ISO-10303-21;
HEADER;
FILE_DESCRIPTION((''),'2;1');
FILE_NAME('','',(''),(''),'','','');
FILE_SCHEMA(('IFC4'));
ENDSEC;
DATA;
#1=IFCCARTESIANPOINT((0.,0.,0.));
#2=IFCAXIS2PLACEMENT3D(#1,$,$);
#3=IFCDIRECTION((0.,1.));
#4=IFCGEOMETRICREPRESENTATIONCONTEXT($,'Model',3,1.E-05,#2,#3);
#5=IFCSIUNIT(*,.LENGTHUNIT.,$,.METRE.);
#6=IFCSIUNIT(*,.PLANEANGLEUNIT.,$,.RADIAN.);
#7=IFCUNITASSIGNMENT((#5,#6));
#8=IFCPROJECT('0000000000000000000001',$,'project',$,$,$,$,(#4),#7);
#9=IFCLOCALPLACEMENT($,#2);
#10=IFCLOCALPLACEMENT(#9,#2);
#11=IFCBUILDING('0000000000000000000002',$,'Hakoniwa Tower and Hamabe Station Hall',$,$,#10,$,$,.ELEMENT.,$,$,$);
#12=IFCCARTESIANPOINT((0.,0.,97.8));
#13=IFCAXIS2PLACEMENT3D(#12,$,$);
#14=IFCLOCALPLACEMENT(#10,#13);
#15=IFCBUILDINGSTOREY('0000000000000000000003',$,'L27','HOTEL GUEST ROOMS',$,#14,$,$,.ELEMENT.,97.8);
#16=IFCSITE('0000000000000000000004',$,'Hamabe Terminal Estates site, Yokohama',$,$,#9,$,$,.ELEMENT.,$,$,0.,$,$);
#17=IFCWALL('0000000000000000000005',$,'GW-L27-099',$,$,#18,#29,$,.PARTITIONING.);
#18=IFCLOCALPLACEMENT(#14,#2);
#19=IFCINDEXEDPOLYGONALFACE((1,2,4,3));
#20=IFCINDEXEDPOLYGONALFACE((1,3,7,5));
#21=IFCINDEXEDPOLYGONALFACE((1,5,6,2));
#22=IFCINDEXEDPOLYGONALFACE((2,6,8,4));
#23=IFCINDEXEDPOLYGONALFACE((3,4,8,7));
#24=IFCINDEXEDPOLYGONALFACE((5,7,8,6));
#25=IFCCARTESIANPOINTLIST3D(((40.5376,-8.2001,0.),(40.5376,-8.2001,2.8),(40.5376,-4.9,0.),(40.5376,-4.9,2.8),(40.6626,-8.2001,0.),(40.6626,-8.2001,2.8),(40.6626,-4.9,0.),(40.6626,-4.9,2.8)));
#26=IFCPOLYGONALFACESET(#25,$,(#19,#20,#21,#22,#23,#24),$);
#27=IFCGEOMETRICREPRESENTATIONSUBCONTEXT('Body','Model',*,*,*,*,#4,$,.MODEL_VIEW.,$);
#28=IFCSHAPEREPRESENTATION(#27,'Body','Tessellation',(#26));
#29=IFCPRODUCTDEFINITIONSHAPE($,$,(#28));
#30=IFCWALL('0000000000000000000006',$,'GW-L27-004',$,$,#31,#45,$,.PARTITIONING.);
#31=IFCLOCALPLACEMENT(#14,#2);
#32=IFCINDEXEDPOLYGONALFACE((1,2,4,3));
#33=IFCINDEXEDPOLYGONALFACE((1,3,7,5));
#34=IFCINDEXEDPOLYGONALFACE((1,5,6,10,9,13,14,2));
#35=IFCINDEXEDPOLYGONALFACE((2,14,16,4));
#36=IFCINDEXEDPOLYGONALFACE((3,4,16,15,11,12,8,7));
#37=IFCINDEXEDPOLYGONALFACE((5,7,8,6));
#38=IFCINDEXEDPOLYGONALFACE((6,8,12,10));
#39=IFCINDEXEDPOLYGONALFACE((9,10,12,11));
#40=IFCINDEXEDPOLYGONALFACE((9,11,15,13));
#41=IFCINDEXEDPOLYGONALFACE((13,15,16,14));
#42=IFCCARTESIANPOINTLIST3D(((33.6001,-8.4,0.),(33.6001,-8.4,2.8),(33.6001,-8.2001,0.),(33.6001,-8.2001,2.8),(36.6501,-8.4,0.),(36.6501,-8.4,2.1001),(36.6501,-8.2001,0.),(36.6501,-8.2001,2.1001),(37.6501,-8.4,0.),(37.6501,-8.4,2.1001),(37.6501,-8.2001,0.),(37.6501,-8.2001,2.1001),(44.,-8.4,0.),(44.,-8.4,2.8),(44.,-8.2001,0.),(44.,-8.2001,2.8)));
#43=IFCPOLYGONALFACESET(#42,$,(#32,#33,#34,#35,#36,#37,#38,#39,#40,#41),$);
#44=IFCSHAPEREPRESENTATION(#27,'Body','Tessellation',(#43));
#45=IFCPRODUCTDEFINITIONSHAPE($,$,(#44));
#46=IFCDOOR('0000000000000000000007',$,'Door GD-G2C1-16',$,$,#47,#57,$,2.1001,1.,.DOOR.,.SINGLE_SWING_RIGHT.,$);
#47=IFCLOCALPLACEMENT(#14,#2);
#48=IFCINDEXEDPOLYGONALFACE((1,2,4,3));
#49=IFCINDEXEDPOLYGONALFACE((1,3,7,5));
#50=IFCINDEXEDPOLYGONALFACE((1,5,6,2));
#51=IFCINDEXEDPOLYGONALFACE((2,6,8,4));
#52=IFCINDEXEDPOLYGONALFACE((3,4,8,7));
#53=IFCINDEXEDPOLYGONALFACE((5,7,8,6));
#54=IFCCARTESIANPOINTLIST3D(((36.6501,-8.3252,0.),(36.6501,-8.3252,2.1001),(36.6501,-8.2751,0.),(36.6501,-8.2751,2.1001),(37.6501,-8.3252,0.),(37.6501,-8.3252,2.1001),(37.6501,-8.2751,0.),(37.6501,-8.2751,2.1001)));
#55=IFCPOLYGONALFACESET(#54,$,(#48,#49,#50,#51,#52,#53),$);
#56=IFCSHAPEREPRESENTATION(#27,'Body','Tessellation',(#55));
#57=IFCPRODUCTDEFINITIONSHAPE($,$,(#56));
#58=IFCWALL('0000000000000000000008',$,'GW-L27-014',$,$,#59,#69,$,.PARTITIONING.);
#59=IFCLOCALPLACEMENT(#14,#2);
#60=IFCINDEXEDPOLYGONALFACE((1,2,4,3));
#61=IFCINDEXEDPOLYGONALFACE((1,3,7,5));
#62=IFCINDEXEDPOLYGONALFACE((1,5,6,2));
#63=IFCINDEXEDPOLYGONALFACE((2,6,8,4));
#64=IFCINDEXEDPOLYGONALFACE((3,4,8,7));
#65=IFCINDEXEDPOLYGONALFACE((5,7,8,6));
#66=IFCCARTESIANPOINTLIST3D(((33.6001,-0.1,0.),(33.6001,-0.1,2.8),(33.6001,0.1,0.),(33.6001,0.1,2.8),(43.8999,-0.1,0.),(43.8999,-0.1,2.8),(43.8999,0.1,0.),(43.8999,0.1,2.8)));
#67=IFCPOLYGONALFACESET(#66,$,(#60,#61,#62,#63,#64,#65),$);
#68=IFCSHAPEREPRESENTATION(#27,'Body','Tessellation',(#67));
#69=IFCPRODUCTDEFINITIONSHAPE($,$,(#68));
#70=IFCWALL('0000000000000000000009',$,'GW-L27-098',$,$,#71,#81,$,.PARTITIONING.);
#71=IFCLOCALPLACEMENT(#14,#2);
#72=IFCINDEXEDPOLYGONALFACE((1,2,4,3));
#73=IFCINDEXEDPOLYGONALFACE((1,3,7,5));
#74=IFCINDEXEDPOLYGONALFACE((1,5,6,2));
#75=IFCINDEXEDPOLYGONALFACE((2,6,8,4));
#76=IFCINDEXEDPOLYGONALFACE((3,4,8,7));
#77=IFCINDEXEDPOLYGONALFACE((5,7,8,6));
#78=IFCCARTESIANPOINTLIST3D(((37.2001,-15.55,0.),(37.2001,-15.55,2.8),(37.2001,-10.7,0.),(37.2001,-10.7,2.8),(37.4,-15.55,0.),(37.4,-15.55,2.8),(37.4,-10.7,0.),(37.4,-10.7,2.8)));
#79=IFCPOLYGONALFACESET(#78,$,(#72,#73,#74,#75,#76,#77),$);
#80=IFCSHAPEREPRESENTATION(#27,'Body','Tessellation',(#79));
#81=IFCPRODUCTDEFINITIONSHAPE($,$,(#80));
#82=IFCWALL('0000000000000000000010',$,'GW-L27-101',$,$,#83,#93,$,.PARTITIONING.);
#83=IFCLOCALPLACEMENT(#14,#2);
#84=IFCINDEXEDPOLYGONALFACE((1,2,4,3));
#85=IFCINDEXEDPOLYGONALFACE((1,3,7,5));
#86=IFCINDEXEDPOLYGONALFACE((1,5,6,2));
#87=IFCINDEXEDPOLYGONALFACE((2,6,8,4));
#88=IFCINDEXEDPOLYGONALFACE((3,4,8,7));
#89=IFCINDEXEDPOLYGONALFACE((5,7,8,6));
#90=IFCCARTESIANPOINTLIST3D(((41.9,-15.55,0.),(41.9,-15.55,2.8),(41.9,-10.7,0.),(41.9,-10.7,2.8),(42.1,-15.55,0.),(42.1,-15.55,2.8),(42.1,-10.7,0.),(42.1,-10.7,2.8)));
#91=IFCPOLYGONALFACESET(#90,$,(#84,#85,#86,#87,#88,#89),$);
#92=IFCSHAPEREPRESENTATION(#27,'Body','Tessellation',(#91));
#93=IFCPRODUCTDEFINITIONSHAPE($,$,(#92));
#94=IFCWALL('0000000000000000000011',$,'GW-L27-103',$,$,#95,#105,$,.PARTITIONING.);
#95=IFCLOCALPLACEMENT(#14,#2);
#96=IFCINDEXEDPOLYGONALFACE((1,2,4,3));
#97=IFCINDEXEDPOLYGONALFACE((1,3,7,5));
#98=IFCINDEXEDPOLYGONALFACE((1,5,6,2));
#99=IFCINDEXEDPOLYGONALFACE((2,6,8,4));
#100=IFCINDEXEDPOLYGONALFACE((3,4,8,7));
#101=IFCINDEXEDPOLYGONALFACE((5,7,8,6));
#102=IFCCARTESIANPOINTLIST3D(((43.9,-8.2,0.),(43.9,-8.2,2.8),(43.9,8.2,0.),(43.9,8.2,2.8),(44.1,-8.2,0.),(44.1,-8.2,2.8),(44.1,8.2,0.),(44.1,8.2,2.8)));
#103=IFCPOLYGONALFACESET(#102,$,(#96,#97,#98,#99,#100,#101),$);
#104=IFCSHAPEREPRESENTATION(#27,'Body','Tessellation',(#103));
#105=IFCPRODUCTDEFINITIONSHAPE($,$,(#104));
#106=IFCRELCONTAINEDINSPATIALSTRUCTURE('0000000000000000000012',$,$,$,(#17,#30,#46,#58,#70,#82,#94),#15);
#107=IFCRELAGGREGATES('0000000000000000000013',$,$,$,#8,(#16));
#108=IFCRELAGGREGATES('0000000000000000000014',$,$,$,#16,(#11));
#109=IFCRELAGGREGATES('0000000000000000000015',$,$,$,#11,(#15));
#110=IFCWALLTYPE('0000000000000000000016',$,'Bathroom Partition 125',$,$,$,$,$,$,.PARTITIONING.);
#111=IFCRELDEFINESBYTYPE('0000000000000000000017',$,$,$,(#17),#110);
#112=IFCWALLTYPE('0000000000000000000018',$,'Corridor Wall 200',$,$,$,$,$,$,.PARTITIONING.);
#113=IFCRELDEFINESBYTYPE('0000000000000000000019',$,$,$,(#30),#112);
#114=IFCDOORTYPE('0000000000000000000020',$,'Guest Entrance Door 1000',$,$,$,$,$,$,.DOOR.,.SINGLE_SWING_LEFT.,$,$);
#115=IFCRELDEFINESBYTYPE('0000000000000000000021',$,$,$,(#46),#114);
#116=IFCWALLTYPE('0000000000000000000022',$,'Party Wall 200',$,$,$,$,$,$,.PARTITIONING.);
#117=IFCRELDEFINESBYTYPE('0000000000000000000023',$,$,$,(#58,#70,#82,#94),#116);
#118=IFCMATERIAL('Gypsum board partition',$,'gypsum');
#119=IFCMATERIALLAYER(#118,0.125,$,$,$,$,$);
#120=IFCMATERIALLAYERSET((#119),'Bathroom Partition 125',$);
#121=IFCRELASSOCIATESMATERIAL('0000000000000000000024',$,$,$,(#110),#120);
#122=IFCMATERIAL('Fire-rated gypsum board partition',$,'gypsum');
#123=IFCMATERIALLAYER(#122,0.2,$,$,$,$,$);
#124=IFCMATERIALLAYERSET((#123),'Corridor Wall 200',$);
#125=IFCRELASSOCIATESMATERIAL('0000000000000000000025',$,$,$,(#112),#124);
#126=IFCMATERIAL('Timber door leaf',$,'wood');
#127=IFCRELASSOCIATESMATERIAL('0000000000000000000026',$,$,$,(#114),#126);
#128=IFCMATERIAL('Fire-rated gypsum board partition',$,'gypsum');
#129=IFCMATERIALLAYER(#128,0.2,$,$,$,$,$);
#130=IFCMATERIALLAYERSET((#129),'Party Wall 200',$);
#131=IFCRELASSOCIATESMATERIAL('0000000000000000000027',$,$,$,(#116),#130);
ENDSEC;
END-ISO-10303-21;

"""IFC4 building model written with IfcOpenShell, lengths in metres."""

from ifc_helpers import new_model, si_unit, direction, frame, frame_2d, origin, place, context, subcontext, project, spatial, rectangle, extrude, material, layer, layer_set, type_object, element, fill, save


model = new_model("IFC4")

# Units and contexts
model_context = context("Model", 3, precision=1e-05, world=origin(), true_north=direction((0.0, 1.0)))
body_context = subcontext(model_context, "Body", "Model", "MODEL_VIEW")
ifc_project = project(units=[si_unit("LENGTHUNIT", "METRE"), si_unit("PLANEANGLEUNIT", "RADIAN")], contexts=[model_context])

# Site, building, storey
site_placement = place(None, origin())
site = spatial("IfcSite", under=ifc_project, at=site_placement, Name="Hamabe Terminal Estates site, Yokohama", CompositionType="ELEMENT", RefElevation=0.0)
building_placement = place(site_placement, origin())
building = spatial("IfcBuilding", under=site, at=building_placement, Name="Hakoniwa Tower and Hamabe Station Hall", CompositionType="ELEMENT")
storey_placement = place(building_placement, frame((0.0, 0.0, 97.8)))
storey = spatial("IfcBuildingStorey", under=building, at=storey_placement, Name="L27", Description="HOTEL GUEST ROOMS", CompositionType="ELEMENT", Elevation=97.8)

# Shared definitions
ifc_material_1 = material(Name="Gypsum board partition", Category="gypsum")
ifc_layer_1 = layer(ifc_material_1, 0.125)
ifc_layer_set_1 = layer_set([ifc_layer_1], Name="Bathroom Partition 125")
wall_type_1 = type_object("IfcWallType", Name="Bathroom Partition 125", PredefinedType="PARTITIONING", material=ifc_layer_set_1)

# Wall
wall_1_placement = place(storey_placement, frame((40.6001, -8.2, 0.0), z_axis=(0.0, 0.0, 1.0), x_axis=(0.0, 1.0, 0.0)))
element("IfcWall", 1, at=wall_1_placement, inside=storey, type_object=wall_type_1, Name="GW-L27-099", PredefinedType="PARTITIONING", context=body_context, shape_type="SweptSolid", body=[
    extrude(rectangle(XDim=3.3, YDim=0.125, at=frame_2d((1.6499, 0.0))), origin(), (0.0, 0.0, 1.0), 2.8),
])

# Wall, opening, door
ifc_material_2 = material(Name="Fire-rated gypsum board partition", Category="gypsum")
ifc_layer_2 = layer(ifc_material_2, 0.2)
ifc_layer_set_2 = layer_set([ifc_layer_2], Name="Corridor Wall 200")
wall_type_2 = type_object("IfcWallType", Name="Corridor Wall 200", PredefinedType="PARTITIONING", material=ifc_layer_set_2)
wall_2_placement = place(storey_placement, frame((33.6001, -8.3, 0.0), z_axis=(0.0, 0.0, 1.0), x_axis=(1.0, 0.0, 0.0)))
wall_2 = element("IfcWall", 2, at=wall_2_placement, inside=storey, type_object=wall_type_2, Name="GW-L27-004", PredefinedType="PARTITIONING", context=body_context, shape_type="SweptSolid", body=[
    extrude(rectangle(XDim=10.3999, YDim=0.2, at=frame_2d((5.2, 0.0))), origin(), (0.0, 0.0, 1.0), 2.8),
])
opening_1_placement = place(wall_2_placement, frame((3.05, 0.0, 0.0)))
opening_1 = element("IfcOpeningElement", 3, at=opening_1_placement, cuts=wall_2, PredefinedType="OPENING", context=body_context, shape_type="SweptSolid", body=[
    extrude(rectangle(XDim=1.0, YDim=2.1001, at=frame_2d((0.5, 1.05))), frame((0.0, 0.1099, 0.0), z_axis=(0.0, -1.0, 0.0), x_axis=(1.0, 0.0, 0.0)), (0.0, 0.0, 1.0), 0.22),
])
ifc_material_3 = material(Name="Timber door leaf", Category="wood")
door_type_1 = type_object("IfcDoorType", Name="Guest Entrance Door 1000", OperationType="SINGLE_SWING_LEFT", PredefinedType="DOOR", material=ifc_material_3)
door_1_placement = place(opening_1_placement, origin())
door_1 = element("IfcDoor", 4, at=door_1_placement, inside=storey, type_object=door_type_1, Name="Door GD-G2C1-16", OperationType="SINGLE_SWING_RIGHT", OverallHeight=2.1001, OverallWidth=1.0, PredefinedType="DOOR", context=body_context, shape_type="SweptSolid", body=[
    extrude(rectangle(XDim=1.0, YDim=2.1001, at=frame_2d((0.5, 1.05))), frame((0.0, 0.0249, 0.0), z_axis=(0.0, -1.0, 0.0), x_axis=(1.0, 0.0, 0.0)), (0.0, 0.0, 1.0), 0.05),
])
fill(opening_1, door_1)

# Walls
ifc_material_4 = material(Name="Fire-rated gypsum board partition", Category="gypsum")
ifc_layer_3 = layer(ifc_material_4, 0.2)
ifc_layer_set_3 = layer_set([ifc_layer_3], Name="Party Wall 200")
wall_type_3 = type_object("IfcWallType", Name="Party Wall 200", PredefinedType="PARTITIONING", material=ifc_layer_set_3)
wall_3_placement = place(storey_placement, frame((33.6001, 0.0, 0.0), z_axis=(0.0, 0.0, 1.0), x_axis=(1.0, 0.0, 0.0)))
element("IfcWall", 5, at=wall_3_placement, inside=storey, type_object=wall_type_3, Name="GW-L27-014", PredefinedType="PARTITIONING", context=body_context, shape_type="SweptSolid", body=[
    extrude(rectangle(XDim=10.2998, YDim=0.2, at=frame_2d((5.1499, 0.0))), origin(), (0.0, 0.0, 1.0), 2.8),
])
for number, where, z_axis, x_axis, name in (
    (6, (37.3, -15.55, 0.0), (0.0, 0.0, 1.0), (0.0, 1.0, 0.0), "GW-L27-098"),
    (7, (42.0, -15.55, 0.0), (0.0, 0.0, 1.0), (0.0, 1.0, 0.0), "GW-L27-101"),
):
    element("IfcWall", number, at=place(storey_placement, frame(where, z_axis=z_axis, x_axis=x_axis)), inside=storey, type_object=wall_type_3, Name=name, PredefinedType="PARTITIONING", context=body_context, shape_type="SweptSolid", body=[
        extrude(rectangle(XDim=4.8501, YDim=0.2, at=frame_2d((2.425, 0.0))), origin(), (0.0, 0.0, 1.0), 2.8),
    ])
wall_4_placement = place(storey_placement, frame((44.0, -8.2, 0.0), z_axis=(0.0, 0.0, 1.0), x_axis=(0.0, 1.0, 0.0)))
element("IfcWall", 8, at=wall_4_placement, inside=storey, type_object=wall_type_3, Name="GW-L27-103", PredefinedType="PARTITIONING", context=body_context, shape_type="SweptSolid", body=[
    extrude(rectangle(XDim=16.3999, YDim=0.2, at=frame_2d((8.2, 0.0))), origin(), (0.0, 0.0, 1.0), 2.8),
])

save(model, "model.ifc")
